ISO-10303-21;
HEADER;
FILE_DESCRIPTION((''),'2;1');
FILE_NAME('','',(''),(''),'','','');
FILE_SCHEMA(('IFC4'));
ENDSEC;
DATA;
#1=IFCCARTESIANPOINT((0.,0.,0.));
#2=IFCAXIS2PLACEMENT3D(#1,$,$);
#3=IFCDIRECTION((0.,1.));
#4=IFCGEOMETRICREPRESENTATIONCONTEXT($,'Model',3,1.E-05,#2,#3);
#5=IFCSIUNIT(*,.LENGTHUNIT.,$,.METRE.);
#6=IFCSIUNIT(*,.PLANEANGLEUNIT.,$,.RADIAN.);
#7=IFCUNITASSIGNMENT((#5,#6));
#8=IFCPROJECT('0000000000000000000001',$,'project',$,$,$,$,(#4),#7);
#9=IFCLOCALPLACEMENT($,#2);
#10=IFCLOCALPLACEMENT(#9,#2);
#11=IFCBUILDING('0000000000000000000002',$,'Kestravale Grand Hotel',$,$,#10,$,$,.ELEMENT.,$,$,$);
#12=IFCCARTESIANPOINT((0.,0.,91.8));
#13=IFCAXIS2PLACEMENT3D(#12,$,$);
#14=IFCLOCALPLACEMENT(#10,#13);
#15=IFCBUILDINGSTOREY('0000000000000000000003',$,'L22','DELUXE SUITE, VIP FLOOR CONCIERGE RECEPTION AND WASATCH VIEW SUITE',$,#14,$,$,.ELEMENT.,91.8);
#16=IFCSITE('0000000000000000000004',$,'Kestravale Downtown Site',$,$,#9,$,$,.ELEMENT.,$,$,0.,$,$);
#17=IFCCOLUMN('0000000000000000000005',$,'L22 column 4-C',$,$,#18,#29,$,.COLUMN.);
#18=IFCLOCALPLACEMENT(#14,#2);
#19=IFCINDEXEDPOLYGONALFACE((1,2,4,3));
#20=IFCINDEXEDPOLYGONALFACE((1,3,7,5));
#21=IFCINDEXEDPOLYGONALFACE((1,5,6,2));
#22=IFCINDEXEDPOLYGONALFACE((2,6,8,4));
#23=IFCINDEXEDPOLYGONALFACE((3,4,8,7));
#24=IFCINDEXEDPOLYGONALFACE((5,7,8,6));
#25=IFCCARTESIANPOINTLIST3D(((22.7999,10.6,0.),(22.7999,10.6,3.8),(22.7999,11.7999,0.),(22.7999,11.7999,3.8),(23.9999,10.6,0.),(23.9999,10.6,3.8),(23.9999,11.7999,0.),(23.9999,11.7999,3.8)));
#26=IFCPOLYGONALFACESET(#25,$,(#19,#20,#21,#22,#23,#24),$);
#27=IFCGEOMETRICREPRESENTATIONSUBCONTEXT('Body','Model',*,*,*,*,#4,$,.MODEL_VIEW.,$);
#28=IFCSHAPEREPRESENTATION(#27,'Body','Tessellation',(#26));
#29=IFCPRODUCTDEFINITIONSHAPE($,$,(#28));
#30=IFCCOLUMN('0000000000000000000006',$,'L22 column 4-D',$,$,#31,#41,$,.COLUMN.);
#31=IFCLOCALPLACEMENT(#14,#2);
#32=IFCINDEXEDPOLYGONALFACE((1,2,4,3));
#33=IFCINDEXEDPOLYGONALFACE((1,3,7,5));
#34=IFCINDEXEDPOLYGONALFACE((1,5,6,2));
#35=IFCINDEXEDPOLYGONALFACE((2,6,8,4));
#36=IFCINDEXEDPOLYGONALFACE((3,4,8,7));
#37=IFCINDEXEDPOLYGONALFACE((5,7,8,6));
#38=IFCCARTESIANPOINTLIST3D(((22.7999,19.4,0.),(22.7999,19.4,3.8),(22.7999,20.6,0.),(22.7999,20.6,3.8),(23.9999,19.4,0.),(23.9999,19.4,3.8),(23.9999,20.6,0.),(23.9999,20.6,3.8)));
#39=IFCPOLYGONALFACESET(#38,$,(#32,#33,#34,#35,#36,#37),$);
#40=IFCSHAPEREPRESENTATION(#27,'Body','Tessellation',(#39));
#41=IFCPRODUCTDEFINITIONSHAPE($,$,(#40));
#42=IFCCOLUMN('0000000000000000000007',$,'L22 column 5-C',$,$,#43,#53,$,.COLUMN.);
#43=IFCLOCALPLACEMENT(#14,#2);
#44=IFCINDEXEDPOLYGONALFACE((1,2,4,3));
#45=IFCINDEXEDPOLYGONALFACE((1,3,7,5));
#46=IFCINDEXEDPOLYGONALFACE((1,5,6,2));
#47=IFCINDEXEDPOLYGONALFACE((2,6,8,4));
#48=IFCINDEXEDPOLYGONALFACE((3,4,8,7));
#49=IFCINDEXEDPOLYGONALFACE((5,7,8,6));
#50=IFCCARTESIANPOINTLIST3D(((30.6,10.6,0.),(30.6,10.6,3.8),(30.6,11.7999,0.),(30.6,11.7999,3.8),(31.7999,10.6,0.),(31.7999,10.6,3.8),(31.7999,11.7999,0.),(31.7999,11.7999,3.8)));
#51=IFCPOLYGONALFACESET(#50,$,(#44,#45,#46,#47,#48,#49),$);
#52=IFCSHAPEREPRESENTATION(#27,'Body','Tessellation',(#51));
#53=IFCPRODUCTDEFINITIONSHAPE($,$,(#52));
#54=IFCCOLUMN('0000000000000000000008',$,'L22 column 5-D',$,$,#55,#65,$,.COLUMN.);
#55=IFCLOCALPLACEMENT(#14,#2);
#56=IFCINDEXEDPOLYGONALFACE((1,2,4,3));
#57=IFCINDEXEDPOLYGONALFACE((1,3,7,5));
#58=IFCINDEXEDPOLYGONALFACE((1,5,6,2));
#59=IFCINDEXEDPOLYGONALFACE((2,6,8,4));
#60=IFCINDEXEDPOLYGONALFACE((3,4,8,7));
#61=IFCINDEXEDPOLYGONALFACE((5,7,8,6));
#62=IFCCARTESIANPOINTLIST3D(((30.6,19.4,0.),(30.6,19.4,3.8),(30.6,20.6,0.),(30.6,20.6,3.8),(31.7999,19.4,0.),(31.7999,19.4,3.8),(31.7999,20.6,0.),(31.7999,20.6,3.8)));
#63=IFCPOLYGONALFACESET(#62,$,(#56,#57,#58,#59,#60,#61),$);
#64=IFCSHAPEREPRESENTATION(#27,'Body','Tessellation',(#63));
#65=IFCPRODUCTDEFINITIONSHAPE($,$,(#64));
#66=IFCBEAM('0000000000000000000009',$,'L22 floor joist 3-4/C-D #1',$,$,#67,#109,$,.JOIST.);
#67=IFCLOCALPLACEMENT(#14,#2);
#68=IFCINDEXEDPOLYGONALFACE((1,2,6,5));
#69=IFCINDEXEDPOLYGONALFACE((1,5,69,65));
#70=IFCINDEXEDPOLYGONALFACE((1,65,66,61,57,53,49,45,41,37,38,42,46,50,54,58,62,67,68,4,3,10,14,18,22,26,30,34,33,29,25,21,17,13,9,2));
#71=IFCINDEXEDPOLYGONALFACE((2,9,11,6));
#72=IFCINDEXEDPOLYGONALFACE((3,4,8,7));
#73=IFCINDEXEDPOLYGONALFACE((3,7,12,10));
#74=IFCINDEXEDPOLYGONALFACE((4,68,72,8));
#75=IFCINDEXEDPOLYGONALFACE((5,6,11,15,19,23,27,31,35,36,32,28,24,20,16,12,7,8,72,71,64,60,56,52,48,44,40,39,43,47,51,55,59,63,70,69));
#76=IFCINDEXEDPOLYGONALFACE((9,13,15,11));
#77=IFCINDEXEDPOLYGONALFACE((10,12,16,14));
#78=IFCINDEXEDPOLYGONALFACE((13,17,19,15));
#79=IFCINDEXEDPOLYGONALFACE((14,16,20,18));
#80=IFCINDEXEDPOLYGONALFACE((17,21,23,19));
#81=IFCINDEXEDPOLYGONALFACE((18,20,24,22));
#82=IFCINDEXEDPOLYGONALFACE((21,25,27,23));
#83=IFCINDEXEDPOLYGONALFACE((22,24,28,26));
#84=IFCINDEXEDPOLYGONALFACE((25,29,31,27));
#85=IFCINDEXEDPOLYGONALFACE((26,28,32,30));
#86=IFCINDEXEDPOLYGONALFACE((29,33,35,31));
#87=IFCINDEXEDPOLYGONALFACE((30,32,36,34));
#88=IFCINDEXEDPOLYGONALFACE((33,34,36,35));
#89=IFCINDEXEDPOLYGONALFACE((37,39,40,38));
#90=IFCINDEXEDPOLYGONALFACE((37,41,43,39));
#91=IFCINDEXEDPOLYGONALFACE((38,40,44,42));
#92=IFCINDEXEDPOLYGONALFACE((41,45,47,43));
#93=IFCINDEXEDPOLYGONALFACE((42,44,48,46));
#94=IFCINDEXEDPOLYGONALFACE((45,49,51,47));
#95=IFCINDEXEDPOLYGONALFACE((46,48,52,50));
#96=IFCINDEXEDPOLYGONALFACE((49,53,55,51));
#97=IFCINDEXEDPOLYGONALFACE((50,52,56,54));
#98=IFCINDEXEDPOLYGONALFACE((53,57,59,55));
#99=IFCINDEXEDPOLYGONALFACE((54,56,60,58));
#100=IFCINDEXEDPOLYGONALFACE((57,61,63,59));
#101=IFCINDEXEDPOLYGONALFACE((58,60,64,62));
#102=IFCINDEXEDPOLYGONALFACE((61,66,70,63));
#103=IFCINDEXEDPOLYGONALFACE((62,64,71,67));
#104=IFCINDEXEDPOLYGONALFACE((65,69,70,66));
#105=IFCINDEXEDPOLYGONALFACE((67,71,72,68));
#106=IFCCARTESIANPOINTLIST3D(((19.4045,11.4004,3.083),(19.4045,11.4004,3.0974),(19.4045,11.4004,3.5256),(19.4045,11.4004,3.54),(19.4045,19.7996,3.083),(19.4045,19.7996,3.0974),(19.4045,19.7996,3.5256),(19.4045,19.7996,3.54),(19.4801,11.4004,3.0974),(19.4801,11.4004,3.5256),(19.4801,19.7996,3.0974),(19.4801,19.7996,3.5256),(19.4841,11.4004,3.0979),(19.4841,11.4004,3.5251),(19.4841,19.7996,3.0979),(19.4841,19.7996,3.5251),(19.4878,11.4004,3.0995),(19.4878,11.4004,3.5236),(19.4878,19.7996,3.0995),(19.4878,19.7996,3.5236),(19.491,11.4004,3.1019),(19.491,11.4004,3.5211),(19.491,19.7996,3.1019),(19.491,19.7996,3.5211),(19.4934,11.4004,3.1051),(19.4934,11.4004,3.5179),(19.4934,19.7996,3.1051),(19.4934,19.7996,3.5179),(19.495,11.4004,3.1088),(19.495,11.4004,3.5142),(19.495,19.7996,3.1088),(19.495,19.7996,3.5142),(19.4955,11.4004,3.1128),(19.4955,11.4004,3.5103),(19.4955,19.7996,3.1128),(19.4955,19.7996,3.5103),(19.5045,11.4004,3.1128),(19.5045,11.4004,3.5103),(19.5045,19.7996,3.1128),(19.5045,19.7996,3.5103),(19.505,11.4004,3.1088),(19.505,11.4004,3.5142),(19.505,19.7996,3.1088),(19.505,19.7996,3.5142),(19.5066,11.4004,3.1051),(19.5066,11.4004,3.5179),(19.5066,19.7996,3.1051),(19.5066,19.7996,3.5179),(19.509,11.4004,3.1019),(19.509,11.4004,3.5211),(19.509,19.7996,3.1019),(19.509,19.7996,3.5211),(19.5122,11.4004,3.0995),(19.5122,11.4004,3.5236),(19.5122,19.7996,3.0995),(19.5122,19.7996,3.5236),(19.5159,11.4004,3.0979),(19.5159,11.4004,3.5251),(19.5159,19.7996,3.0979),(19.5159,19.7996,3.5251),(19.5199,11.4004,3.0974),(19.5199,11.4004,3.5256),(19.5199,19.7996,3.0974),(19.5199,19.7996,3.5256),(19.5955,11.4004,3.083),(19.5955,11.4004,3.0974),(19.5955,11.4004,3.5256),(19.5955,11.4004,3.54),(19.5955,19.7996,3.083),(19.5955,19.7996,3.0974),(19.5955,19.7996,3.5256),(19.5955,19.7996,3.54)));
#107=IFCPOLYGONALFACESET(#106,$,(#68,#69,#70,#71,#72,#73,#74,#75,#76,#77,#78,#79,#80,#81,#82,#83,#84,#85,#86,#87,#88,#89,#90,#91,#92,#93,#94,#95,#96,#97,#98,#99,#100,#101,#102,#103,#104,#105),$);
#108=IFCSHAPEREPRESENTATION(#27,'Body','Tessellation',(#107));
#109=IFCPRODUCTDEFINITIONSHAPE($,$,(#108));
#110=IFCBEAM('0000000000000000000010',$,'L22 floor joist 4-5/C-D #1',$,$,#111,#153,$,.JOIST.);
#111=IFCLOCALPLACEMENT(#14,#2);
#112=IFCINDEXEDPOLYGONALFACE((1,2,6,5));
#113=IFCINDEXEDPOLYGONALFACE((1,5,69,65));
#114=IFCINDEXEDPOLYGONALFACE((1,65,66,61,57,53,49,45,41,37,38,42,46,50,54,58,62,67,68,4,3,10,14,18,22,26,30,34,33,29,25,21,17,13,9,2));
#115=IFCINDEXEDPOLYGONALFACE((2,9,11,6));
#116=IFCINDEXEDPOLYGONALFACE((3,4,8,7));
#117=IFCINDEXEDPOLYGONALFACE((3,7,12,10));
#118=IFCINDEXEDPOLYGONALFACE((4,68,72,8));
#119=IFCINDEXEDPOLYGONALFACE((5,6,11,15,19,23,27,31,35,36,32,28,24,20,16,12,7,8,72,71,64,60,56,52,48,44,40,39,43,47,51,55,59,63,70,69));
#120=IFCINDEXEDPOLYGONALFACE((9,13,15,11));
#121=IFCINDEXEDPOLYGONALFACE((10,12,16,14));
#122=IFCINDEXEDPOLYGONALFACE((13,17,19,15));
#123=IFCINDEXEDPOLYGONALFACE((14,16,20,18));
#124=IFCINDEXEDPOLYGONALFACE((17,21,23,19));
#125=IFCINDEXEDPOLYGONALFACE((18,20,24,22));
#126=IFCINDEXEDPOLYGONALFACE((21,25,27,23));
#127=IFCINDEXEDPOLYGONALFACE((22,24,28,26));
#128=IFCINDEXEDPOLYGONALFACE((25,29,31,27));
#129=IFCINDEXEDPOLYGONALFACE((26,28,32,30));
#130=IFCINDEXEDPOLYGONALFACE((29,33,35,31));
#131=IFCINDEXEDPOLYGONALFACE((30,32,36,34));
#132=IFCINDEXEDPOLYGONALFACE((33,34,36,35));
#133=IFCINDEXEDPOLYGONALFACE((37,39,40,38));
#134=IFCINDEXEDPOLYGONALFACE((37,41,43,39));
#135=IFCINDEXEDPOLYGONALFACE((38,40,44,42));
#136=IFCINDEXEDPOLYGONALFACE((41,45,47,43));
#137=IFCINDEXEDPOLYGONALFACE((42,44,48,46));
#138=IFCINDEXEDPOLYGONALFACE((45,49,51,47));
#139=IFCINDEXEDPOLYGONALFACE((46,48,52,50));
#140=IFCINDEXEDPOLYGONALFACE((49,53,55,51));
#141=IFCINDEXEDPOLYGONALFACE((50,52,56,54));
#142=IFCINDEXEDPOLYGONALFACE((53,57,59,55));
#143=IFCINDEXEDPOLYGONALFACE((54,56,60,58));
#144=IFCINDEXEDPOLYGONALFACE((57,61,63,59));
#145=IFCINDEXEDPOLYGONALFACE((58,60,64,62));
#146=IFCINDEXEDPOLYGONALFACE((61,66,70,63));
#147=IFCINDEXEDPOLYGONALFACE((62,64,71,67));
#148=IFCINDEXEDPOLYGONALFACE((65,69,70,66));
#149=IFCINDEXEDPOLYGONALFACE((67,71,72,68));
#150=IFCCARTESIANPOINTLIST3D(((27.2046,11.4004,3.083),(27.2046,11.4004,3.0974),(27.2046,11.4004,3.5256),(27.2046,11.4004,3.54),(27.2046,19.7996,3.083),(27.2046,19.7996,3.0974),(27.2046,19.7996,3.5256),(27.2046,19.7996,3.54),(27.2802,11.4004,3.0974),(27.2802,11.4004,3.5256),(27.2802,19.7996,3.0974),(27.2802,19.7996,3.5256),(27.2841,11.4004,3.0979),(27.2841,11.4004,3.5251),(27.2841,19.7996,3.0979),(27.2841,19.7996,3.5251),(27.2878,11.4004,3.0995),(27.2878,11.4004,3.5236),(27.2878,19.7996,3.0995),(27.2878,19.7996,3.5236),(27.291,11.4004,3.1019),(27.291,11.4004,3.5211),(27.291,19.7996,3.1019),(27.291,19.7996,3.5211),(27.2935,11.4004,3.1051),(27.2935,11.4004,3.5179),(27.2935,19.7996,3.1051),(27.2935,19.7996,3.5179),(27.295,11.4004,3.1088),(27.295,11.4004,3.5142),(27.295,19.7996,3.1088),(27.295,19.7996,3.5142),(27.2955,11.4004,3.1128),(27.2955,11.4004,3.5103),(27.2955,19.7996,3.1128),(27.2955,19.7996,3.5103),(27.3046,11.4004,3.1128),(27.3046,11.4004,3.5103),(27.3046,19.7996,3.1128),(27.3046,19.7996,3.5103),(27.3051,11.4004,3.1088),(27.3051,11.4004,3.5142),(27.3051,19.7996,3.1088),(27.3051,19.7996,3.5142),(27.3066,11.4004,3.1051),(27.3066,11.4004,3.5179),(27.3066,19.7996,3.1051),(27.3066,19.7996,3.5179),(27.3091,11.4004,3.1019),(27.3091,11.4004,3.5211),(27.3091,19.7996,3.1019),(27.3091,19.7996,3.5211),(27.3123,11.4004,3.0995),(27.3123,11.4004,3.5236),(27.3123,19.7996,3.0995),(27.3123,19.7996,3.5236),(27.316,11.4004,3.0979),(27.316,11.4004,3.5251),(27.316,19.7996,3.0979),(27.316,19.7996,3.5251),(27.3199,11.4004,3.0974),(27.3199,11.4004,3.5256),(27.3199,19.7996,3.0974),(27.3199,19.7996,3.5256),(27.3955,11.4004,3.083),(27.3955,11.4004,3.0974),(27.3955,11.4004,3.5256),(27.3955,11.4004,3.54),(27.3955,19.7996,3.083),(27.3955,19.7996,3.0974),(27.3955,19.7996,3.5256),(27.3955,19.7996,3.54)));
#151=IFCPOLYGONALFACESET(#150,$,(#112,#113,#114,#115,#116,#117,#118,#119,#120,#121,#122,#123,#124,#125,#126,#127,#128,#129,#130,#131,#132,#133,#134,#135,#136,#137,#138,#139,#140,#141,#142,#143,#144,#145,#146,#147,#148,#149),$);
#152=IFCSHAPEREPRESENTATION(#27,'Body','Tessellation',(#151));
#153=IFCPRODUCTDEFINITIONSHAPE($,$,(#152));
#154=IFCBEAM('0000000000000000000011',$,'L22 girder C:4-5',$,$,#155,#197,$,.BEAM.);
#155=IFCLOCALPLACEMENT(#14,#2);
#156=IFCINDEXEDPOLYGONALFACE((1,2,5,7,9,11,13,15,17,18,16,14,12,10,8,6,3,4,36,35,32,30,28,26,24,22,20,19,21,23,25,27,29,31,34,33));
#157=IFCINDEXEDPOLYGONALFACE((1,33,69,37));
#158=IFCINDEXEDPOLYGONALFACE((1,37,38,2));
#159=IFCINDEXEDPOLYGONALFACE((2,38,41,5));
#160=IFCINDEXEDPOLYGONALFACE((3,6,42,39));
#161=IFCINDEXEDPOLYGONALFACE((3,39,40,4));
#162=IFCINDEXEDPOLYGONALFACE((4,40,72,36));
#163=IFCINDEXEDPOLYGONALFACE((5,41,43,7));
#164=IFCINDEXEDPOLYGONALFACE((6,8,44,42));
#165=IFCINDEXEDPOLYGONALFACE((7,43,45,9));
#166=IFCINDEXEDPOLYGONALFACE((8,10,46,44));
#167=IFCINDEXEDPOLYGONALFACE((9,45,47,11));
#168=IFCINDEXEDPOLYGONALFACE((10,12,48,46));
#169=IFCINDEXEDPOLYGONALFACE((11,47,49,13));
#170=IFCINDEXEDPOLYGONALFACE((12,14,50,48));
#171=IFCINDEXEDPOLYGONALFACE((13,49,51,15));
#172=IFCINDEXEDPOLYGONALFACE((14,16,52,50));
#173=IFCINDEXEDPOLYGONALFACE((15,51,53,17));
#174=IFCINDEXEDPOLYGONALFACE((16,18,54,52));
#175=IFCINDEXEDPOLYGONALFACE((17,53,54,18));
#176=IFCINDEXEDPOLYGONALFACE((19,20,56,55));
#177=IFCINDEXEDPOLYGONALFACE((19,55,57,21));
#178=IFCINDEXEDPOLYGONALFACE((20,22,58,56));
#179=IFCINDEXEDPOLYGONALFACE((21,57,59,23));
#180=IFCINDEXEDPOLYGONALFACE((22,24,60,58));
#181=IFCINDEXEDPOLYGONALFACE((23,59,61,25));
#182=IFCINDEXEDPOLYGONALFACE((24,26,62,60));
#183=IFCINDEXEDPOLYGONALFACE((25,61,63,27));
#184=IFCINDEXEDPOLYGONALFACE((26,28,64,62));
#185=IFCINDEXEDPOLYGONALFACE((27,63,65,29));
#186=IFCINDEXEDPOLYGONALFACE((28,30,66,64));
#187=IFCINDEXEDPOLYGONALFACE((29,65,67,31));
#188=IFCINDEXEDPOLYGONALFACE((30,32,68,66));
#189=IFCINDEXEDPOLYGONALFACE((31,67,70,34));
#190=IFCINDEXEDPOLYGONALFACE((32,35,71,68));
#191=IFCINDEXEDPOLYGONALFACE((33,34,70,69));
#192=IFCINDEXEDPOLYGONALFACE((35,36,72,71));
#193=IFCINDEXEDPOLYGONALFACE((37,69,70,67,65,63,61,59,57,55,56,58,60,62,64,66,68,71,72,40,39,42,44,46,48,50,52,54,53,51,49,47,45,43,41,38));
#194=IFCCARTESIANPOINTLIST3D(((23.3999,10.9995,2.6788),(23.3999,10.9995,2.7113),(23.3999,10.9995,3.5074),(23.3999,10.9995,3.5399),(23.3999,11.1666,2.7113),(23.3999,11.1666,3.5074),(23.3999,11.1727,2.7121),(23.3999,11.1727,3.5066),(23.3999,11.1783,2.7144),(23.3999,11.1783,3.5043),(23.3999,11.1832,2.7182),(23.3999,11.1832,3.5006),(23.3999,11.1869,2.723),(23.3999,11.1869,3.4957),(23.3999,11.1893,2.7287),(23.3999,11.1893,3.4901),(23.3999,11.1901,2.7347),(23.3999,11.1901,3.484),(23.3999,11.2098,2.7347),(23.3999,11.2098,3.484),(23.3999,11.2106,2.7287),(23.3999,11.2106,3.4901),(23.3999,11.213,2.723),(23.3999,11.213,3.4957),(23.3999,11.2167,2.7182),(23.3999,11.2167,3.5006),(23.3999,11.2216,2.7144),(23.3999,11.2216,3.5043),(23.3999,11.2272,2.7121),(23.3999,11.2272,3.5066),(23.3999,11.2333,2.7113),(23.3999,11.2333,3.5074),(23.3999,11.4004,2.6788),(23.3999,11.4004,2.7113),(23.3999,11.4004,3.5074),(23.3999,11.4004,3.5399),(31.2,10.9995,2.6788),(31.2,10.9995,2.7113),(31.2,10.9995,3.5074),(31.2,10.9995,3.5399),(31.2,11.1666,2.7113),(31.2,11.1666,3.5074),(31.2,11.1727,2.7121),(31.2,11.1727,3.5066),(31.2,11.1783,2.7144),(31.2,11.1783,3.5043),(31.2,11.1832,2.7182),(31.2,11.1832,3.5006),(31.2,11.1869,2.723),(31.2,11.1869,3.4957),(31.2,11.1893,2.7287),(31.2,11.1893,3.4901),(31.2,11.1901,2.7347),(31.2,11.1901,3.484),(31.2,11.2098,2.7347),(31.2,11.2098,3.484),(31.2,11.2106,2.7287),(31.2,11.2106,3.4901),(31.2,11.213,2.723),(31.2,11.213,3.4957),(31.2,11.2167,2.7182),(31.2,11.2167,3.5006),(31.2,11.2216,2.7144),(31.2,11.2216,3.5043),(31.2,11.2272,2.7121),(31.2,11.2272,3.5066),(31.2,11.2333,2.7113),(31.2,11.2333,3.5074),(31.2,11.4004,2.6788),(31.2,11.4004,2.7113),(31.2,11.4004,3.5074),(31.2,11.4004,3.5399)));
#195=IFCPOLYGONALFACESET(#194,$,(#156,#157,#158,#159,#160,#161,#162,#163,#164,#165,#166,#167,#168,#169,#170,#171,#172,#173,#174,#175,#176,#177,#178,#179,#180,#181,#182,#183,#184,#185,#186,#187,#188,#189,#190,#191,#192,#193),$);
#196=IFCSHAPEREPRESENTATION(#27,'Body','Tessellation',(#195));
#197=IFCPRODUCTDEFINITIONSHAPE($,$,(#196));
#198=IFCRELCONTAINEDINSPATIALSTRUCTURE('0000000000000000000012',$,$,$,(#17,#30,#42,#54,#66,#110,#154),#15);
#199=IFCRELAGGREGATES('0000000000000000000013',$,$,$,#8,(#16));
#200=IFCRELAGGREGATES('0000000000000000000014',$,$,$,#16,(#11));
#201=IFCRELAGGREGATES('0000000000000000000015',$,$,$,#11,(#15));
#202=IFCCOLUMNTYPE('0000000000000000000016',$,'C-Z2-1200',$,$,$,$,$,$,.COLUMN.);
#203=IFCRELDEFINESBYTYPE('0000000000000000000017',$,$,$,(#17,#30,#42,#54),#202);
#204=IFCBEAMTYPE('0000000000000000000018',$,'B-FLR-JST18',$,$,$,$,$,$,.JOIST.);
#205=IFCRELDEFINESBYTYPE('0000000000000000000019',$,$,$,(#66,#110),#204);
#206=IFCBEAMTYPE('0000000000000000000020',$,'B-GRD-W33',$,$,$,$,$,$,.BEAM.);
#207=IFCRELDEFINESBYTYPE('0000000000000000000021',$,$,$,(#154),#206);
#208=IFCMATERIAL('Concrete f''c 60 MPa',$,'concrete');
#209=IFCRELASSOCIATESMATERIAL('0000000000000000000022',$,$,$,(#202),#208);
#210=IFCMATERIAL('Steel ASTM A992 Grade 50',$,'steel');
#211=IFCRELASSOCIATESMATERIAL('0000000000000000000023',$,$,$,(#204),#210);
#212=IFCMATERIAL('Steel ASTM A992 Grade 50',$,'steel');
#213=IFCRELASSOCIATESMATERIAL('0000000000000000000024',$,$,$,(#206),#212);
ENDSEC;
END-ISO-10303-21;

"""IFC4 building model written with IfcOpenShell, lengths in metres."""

from ifc_helpers import new_model, si_unit, direction, frame, origin, origin_2d, place, context, subcontext, project, spatial, rectangle, i_section, extrude, material, material_profile, profile_set, type_object, element, save


model = new_model("IFC4")

# Units and contexts
model_context = context("Model", 3, precision=1e-05, world=origin(), true_north=direction((0.0, 1.0)))
body_context = subcontext(model_context, "Body", "Model", "MODEL_VIEW")
ifc_project = project(units=[si_unit("LENGTHUNIT", "METRE"), si_unit("PLANEANGLEUNIT", "RADIAN")], contexts=[model_context])

# Site, building, storey
site_placement = place(None, origin())
site = spatial("IfcSite", under=ifc_project, at=site_placement, Name="Kestravale Downtown Site", CompositionType="ELEMENT", RefElevation=0.0)
building_placement = place(site_placement, origin())
building = spatial("IfcBuilding", under=site, at=building_placement, Name="Kestravale Grand Hotel", CompositionType="ELEMENT")
storey_placement = place(building_placement, frame((0.0, 0.0, 91.8)))
storey = spatial("IfcBuildingStorey", under=building, at=storey_placement, Name="L22", Description="DELUXE SUITE, VIP FLOOR CONCIERGE RECEPTION AND WASATCH VIEW SUITE", CompositionType="ELEMENT", Elevation=91.8)

# Columns
ifc_material_1 = material(Name="Concrete f'c 60 MPa", Category="concrete")
ifc_material_profile_1 = material_profile(ifc_material_1, rectangle(XDim=1.2, YDim=1.2, at=origin_2d()))
ifc_profile_set_1 = profile_set([ifc_material_profile_1], Name="Concrete f'c 60 MPa")
column_type = type_object("IfcColumnType", Name="C-Z2-1200", PredefinedType="COLUMN", material=ifc_profile_set_1)
for number, where, z_axis, x_axis, name in (
    (1, (23.3999, 11.2, 0.0), (0.0, 0.0, 1.0), (1.0, 0.0, 0.0), "L22 column 4-C"),
    (2, (23.3999, 20.0, 0.0), (0.0, 0.0, 1.0), (1.0, 0.0, 0.0), "L22 column 4-D"),
    (3, (31.2, 11.2, 0.0), (0.0, 0.0, 1.0), (1.0, 0.0, 0.0), "L22 column 5-C"),
    (4, (31.2, 20.0, 0.0), (0.0, 0.0, 1.0), (1.0, 0.0, 0.0), "L22 column 5-D"),
):
    element("IfcColumn", number, at=place(storey_placement, frame(where, z_axis=z_axis, x_axis=x_axis)), inside=storey, type_object=column_type, Name=name, PredefinedType="COLUMN", context=body_context, shape_type="SweptSolid", body=[
        extrude(rectangle(XDim=1.2, YDim=1.2, at=origin_2d()), origin(), (0.0, 0.0, 1.0), 3.8),
    ])

# Beams
ifc_material_2 = material(Name="Steel ASTM A992 Grade 50", Category="steel")
ifc_material_profile_2 = material_profile(ifc_material_2, i_section(OverallWidth=0.1909, OverallDepth=0.457, WebThickness=0.009, FlangeThickness=0.0144, FilletRadius=0.0154, at=origin_2d()))
ifc_profile_set_2 = profile_set([ifc_material_profile_2], Name="Steel ASTM A992 Grade 50")
beam_type_1 = type_object("IfcBeamType", Name="B-FLR-JST18", PredefinedType="JOIST", material=ifc_profile_set_2)
for number, where, z_axis, x_axis, name in (
    (5, (19.5, 11.4004, 3.3115), (0.0, 1.0, 0.0), (-1.0, 0.0, 0.0), "L22 floor joist 3-4/C-D #1"),
    (6, (27.3, 11.4004, 3.3115), (0.0, 1.0, 0.0), (-1.0, 0.0, 0.0), "L22 floor joist 4-5/C-D #1"),
):
    element("IfcBeam", number, at=place(storey_placement, frame(where, z_axis=z_axis, x_axis=x_axis)), inside=storey, type_object=beam_type_1, Name=name, PredefinedType="JOIST", context=body_context, shape_type="SweptSolid", body=[
        extrude(i_section(OverallWidth=0.1909, OverallDepth=0.457, WebThickness=0.009, FlangeThickness=0.0144, FilletRadius=0.0154, at=origin_2d()), origin(), (0.0, 0.0, 1.0), 8.3992),
    ])
ifc_material_3 = material(Name="Steel ASTM A992 Grade 50", Category="steel")
ifc_material_profile_3 = material_profile(ifc_material_3, i_section(OverallWidth=0.4009, OverallDepth=0.8611, WebThickness=0.0198, FlangeThickness=0.0325, FilletRadius=0.0234, at=origin_2d()))
ifc_profile_set_3 = profile_set([ifc_material_profile_3], Name="Steel ASTM A992 Grade 50")
beam_type_2 = type_object("IfcBeamType", Name="B-GRD-W33", PredefinedType="BEAM", material=ifc_profile_set_3)
for number, where, z_axis, x_axis, name in (
    (7, (23.3999, 11.2, 3.1094), (1.0, 0.0, 0.0), (0.0, 1.0, 0.0), "L22 girder C:4-5"),
):
    element("IfcBeam", number, at=place(storey_placement, frame(where, z_axis=z_axis, x_axis=x_axis)), inside=storey, type_object=beam_type_2, Name=name, PredefinedType="BEAM", context=body_context, shape_type="SweptSolid", body=[
        extrude(i_section(OverallWidth=0.4009, OverallDepth=0.8611, WebThickness=0.0198, FlangeThickness=0.0325, FilletRadius=0.0234, at=origin_2d()), origin(), (0.0, 0.0, 1.0), 7.8),
    ])

save(model, "model.ifc")
